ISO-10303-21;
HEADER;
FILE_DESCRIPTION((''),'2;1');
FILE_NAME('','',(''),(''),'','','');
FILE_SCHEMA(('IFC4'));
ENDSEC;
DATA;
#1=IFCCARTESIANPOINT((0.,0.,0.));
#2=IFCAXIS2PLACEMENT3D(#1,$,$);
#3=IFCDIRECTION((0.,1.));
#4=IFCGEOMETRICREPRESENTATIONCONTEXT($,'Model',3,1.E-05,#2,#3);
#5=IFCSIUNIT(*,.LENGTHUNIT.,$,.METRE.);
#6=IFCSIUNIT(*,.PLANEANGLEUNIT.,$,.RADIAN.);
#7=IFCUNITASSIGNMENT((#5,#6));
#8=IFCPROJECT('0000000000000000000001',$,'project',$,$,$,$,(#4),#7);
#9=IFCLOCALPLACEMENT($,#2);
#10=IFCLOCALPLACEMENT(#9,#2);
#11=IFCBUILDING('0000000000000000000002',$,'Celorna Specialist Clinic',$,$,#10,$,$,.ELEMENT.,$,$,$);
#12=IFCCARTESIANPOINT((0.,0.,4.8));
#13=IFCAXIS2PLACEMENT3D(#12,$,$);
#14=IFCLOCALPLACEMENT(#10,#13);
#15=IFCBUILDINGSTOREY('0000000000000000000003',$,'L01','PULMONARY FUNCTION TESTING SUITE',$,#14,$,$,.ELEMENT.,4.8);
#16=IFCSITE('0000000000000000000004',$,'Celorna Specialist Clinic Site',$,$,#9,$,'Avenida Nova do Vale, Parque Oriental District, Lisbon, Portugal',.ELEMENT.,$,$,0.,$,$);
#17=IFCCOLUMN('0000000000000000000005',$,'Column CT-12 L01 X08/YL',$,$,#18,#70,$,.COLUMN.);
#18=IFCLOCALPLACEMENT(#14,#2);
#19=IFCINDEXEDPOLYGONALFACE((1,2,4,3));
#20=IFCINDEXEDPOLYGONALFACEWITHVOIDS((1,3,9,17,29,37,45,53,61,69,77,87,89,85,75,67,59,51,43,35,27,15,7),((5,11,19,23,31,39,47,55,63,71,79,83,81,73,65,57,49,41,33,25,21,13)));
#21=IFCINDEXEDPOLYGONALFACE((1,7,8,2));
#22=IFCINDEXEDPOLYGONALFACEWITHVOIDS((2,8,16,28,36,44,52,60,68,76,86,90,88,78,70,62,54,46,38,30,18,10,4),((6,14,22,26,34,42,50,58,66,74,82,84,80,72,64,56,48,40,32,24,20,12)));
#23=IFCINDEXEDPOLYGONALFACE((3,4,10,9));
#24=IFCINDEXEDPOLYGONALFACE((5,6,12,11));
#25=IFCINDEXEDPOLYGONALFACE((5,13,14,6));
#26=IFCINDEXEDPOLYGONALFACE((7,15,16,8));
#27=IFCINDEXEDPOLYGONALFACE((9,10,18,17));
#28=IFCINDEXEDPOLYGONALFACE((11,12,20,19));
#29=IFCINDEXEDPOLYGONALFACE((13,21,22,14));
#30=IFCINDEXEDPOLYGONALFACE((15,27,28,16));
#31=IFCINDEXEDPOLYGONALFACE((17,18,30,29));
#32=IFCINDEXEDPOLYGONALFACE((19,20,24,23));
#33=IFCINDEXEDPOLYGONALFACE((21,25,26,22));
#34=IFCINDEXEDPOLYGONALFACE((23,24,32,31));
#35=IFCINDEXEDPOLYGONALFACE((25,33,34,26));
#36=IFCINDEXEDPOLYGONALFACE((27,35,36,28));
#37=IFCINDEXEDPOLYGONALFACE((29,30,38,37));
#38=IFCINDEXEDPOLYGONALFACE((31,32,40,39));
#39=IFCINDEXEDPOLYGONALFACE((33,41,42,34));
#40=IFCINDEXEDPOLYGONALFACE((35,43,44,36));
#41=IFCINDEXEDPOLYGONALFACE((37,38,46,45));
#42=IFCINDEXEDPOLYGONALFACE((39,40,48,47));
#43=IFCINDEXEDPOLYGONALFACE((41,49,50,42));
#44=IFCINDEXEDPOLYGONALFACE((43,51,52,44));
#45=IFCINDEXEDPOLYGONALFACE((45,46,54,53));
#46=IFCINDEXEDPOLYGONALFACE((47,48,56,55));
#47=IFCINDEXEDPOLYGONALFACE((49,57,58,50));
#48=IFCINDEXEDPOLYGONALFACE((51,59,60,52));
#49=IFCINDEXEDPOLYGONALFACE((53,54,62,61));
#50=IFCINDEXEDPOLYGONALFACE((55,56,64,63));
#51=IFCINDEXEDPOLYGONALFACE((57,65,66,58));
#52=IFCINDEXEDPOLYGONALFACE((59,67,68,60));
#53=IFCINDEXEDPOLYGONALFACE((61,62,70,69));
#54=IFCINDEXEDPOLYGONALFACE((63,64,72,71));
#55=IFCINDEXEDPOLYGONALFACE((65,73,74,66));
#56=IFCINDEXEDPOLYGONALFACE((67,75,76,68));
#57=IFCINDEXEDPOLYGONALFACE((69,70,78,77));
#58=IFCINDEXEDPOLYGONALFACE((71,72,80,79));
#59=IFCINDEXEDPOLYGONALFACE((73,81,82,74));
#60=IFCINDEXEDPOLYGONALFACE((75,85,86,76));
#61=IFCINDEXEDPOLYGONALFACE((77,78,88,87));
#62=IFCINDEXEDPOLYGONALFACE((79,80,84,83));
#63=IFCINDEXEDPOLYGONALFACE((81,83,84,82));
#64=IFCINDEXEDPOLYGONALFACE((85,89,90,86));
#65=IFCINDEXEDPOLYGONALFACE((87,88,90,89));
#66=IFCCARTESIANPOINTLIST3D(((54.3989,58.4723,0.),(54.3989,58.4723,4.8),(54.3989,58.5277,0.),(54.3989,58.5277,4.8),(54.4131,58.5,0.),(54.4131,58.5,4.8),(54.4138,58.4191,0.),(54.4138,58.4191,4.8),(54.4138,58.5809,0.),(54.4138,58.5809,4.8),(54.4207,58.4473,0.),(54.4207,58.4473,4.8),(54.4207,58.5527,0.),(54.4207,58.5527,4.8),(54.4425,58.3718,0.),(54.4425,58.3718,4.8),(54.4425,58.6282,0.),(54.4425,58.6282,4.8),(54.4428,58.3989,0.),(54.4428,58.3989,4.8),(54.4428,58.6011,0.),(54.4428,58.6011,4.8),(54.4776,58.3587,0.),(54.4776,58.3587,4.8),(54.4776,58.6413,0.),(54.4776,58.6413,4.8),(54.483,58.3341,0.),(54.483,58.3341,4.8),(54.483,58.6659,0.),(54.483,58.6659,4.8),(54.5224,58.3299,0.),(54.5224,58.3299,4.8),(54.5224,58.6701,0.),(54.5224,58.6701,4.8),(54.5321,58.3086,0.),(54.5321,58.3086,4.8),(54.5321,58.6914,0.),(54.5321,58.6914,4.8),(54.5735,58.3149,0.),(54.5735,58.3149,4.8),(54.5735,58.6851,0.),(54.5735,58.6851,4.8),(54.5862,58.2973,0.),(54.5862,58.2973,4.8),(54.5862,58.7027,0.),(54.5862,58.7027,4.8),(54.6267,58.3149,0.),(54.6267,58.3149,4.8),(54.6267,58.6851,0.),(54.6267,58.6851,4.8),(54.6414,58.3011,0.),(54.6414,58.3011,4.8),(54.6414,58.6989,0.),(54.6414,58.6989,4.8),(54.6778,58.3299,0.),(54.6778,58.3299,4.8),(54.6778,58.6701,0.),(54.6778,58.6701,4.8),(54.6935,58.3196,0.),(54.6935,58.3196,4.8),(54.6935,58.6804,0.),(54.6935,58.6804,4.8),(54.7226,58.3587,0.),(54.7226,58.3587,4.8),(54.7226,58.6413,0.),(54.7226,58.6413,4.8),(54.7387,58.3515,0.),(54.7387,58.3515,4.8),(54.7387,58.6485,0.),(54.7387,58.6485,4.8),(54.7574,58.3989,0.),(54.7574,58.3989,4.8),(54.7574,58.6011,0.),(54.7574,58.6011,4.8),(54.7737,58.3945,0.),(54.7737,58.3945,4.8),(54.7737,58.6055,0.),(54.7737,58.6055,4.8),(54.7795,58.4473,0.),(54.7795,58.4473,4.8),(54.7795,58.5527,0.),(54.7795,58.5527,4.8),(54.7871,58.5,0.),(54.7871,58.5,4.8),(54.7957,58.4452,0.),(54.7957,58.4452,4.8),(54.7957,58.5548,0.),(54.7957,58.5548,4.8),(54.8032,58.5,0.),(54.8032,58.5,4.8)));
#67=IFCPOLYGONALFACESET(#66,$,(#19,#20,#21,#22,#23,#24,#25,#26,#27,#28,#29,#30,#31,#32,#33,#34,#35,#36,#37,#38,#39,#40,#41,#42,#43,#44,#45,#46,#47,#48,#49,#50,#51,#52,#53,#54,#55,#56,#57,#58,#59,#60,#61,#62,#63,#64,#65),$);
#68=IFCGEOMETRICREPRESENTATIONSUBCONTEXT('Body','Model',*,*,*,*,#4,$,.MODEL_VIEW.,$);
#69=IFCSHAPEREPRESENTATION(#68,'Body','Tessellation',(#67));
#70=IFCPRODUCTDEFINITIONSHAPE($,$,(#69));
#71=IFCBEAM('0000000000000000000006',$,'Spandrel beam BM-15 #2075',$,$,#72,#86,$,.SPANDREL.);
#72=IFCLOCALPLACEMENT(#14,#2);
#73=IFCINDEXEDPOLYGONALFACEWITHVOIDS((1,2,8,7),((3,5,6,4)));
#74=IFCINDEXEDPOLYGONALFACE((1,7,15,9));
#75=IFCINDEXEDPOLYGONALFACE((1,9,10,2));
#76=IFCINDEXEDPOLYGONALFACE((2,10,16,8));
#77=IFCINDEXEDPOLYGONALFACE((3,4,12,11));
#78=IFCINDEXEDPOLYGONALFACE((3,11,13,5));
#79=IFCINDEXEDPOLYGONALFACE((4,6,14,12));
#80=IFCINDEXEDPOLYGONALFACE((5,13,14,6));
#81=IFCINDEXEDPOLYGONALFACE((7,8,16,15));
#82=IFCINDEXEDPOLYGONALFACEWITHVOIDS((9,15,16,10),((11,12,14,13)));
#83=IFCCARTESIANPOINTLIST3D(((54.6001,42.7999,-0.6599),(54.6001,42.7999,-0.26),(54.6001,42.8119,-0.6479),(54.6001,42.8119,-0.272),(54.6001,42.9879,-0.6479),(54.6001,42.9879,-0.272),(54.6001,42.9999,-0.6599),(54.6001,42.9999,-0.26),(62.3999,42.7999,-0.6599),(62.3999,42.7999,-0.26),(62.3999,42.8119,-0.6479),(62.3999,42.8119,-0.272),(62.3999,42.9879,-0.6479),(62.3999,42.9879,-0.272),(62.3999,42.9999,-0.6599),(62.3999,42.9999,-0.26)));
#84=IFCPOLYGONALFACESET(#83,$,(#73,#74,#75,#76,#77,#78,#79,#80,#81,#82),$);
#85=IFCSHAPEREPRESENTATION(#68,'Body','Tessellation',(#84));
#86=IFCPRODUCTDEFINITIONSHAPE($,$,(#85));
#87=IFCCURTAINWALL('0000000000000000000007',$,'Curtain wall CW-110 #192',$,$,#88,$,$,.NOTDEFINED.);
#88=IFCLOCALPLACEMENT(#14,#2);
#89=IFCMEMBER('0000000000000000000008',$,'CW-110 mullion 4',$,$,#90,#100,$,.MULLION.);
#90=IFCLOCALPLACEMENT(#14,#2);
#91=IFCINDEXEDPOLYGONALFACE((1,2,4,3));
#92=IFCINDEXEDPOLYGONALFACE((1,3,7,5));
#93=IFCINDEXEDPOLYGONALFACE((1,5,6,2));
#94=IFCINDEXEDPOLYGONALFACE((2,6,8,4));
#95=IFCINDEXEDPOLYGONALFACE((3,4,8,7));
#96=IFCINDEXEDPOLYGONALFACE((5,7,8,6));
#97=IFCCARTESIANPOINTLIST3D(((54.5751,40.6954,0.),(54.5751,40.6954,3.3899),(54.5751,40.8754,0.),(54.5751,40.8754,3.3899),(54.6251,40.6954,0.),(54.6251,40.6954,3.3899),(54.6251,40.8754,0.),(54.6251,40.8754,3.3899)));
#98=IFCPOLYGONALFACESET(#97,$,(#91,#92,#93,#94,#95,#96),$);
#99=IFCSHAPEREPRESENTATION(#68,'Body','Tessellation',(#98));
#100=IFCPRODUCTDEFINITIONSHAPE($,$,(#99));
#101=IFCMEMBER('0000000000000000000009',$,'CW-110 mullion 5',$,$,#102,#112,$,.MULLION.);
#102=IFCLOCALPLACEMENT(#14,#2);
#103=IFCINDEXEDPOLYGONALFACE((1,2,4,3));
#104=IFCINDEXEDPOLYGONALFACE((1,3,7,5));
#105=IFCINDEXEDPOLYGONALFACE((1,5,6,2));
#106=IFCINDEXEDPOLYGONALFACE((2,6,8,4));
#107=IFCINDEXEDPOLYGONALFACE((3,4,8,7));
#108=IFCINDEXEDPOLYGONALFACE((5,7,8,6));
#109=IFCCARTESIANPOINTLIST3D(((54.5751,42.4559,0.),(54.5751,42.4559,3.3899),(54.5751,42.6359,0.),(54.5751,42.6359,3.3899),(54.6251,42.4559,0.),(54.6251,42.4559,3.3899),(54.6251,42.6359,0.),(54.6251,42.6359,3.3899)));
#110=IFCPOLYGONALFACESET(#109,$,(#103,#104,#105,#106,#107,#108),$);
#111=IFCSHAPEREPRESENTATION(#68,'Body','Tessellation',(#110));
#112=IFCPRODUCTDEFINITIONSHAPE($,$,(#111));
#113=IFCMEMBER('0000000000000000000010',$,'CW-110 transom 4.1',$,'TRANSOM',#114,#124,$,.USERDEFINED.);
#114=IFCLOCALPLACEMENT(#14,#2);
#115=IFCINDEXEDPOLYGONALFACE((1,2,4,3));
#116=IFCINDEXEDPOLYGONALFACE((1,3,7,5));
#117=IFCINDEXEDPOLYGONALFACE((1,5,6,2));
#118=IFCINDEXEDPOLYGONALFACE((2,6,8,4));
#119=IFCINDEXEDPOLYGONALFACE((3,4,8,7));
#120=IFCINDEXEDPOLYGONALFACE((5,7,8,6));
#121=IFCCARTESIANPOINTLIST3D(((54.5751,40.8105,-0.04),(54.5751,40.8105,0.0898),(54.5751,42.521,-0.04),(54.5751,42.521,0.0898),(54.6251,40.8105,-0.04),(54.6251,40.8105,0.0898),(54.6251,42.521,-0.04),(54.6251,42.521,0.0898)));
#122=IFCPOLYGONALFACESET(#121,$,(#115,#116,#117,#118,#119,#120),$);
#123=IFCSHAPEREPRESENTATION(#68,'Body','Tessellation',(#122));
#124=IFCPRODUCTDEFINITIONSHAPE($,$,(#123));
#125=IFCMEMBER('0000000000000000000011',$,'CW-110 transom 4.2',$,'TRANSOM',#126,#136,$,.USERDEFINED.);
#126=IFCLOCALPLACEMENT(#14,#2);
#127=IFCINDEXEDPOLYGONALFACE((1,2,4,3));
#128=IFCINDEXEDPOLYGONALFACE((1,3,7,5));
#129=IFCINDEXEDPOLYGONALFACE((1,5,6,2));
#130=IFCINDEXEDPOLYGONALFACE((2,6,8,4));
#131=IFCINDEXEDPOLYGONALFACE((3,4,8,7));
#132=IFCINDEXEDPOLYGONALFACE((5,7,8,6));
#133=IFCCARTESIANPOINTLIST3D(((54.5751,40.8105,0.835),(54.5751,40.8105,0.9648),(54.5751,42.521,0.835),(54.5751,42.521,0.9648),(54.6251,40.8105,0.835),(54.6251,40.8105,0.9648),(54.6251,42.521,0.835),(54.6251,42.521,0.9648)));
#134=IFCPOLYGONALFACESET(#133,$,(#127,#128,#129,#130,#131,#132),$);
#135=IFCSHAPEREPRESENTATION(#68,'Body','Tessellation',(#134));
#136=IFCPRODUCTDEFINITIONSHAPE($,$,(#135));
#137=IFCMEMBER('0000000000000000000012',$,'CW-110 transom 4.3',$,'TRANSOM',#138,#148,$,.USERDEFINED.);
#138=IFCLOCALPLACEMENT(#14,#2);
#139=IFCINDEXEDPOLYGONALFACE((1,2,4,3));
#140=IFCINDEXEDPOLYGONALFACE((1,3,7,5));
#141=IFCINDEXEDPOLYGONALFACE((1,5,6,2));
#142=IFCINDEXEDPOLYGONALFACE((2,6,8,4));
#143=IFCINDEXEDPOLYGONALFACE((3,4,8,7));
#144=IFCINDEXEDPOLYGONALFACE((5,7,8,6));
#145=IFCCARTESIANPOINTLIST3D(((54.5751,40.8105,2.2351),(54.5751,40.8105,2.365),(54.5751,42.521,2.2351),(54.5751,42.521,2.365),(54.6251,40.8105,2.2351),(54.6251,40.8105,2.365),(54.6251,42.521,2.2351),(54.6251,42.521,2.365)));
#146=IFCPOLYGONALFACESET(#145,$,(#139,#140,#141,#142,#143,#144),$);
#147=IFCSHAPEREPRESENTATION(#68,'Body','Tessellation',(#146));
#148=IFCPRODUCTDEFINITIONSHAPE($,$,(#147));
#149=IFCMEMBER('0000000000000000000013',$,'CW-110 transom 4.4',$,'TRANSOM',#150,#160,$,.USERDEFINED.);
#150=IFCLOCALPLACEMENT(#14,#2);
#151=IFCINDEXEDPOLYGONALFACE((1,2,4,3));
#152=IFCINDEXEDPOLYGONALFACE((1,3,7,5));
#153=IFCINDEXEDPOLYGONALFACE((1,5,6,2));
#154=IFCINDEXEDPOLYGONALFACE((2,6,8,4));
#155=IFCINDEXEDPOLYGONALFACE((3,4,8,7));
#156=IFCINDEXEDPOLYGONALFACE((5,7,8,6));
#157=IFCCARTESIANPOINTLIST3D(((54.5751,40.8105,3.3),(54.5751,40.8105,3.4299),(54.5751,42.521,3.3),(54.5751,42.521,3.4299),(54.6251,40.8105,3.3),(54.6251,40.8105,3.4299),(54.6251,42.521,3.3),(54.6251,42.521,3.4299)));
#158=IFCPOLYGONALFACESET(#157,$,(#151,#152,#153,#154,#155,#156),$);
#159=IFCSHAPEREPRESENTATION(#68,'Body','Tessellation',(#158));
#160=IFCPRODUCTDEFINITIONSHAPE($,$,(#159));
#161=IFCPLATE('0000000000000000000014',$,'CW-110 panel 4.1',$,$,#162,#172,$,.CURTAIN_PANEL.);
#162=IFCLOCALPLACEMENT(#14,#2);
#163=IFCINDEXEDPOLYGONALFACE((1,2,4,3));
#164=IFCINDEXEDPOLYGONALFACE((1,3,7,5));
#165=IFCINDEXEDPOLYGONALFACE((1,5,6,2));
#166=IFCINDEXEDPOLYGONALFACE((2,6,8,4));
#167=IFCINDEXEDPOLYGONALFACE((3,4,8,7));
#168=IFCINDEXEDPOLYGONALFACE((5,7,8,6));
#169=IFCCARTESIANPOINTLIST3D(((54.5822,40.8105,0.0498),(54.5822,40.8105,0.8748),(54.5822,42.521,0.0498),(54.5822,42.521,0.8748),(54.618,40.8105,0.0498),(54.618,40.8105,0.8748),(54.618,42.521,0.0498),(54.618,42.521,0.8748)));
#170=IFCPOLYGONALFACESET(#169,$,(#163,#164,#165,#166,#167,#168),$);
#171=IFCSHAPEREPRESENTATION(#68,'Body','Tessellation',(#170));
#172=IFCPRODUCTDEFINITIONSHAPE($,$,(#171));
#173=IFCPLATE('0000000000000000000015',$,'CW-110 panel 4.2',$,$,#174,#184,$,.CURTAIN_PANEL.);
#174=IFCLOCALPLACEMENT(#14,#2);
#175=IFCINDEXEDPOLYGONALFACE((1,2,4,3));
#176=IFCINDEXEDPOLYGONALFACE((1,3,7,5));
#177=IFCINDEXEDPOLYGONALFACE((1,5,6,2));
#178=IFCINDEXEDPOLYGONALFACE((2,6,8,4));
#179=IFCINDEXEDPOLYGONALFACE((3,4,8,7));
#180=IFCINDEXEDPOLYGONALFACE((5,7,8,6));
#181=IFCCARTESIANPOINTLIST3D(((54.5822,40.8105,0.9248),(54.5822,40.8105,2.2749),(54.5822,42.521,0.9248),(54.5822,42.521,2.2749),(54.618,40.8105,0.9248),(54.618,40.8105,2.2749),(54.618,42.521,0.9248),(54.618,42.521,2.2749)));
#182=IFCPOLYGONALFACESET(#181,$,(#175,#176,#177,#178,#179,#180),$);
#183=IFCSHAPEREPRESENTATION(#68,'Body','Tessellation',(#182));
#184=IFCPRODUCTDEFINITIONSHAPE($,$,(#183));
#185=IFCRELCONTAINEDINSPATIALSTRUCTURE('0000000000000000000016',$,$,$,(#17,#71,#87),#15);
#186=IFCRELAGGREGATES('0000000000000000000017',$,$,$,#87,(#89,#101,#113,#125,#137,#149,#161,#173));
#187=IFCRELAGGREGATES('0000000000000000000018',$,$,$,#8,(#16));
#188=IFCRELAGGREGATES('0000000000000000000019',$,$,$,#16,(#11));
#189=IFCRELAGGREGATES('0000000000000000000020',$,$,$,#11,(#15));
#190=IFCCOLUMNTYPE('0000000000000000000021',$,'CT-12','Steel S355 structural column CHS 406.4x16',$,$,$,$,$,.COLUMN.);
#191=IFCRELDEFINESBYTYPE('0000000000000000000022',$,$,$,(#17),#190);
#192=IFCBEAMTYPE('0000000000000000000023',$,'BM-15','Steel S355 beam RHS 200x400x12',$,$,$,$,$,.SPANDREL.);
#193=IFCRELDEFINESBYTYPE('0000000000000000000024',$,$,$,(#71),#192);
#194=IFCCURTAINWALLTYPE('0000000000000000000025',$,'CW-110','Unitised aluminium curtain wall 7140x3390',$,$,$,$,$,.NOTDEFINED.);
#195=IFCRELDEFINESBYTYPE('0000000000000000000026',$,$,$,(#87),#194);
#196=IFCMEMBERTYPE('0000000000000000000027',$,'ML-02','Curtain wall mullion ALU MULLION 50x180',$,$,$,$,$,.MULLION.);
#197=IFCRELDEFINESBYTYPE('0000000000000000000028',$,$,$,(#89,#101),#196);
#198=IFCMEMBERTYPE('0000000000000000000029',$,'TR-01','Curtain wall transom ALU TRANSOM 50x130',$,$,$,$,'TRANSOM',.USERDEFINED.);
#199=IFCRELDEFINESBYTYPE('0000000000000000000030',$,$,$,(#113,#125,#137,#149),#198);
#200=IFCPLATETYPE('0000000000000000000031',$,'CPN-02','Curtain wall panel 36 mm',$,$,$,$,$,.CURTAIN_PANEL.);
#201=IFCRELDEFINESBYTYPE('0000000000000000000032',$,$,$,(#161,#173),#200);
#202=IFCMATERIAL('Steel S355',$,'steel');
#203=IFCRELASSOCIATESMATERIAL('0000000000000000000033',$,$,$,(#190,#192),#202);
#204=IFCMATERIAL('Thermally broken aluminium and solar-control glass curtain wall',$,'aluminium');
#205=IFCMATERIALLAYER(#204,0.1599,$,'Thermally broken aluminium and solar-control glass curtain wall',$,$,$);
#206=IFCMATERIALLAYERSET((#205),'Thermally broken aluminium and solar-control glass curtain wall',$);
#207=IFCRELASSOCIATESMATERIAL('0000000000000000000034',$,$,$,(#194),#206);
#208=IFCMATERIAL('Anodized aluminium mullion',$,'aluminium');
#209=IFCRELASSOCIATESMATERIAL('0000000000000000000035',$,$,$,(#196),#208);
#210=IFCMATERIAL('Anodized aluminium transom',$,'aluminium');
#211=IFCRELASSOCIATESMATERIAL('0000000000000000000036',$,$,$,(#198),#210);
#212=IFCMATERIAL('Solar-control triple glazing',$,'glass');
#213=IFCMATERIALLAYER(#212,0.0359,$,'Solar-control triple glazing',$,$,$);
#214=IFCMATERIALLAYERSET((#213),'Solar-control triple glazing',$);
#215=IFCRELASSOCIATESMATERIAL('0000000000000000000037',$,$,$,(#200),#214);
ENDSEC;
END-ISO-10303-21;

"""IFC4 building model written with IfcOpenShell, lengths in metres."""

from ifc_helpers import new_model, si_unit, direction, frame, origin, origin_2d, place, context, subcontext, project, spatial, rectangle, hollow_rectangle, hollow_circle, extrude, material, layer, layer_set, material_profile, profile_set, type_object, element, aggregate, save


model = new_model("IFC4")

# Units and contexts
model_context = context("Model", 3, precision=1e-05, world=origin(), true_north=direction((0.0, 1.0)))
body_context = subcontext(model_context, "Body", "Model", "MODEL_VIEW")
ifc_project = project(units=[si_unit("LENGTHUNIT", "METRE"), si_unit("PLANEANGLEUNIT", "RADIAN")], contexts=[model_context])

# Site, building, storey
site_placement = place(None, origin())
site = spatial("IfcSite", under=ifc_project, at=site_placement, Name="Celorna Specialist Clinic Site", LongName="Avenida Nova do Vale, Parque Oriental District, Lisbon, Portugal", CompositionType="ELEMENT", RefElevation=0.0)
building_placement = place(site_placement, origin())
building = spatial("IfcBuilding", under=site, at=building_placement, Name="Celorna Specialist Clinic", CompositionType="ELEMENT")
storey_placement = place(building_placement, frame((0.0, 0.0, 4.8)))
storey = spatial("IfcBuildingStorey", under=building, at=storey_placement, Name="L01", Description="PULMONARY FUNCTION TESTING SUITE", CompositionType="ELEMENT", Elevation=4.8)

# Column
ifc_material_1 = material(Name="Steel S355", Category="steel")
ifc_material_profile_1 = material_profile(ifc_material_1, hollow_circle(Radius=0.2031, WallThickness=0.0161, at=origin_2d()), Name="CHS 406.4x16")
ifc_profile_set_1 = profile_set([ifc_material_profile_1], Name="Steel S355")
column_type_1 = type_object("IfcColumnType", Name="CT-12", Description="Steel S355 structural column CHS 406.4x16", PredefinedType="COLUMN", material=ifc_profile_set_1)
for number, where, z_axis, x_axis, name in (
    (1, (54.6001, 58.5, 0.0), (0.0, 0.0, 1.0), (1.0, 0.0, 0.0), "Column CT-12 L01 X08/YL"),
):
    element("IfcColumn", number, at=place(storey_placement, frame(where, z_axis=z_axis, x_axis=x_axis)), inside=storey, type_object=column_type_1, Name=name, PredefinedType="COLUMN", context=body_context, shape_type="SweptSolid", body=[
        extrude(hollow_circle(Radius=0.2031, WallThickness=0.0161, at=origin_2d()), origin(), (0.0, 0.0, 1.0), 4.8),
    ])

# Beam
ifc_material_profile_2 = material_profile(ifc_material_1, hollow_rectangle(XDim=0.2, YDim=0.3999, WallThickness=0.012, at=origin_2d()), Name="RHS 200x400x12")
ifc_profile_set_2 = profile_set([ifc_material_profile_2], Name="Steel S355")
beam_type = type_object("IfcBeamType", Name="BM-15", Description="Steel S355 beam RHS 200x400x12", PredefinedType="SPANDREL", material=ifc_profile_set_2)
beam_placement = place(storey_placement, frame((54.6001, 42.8999, -0.46), z_axis=(1.0, 0.0, 0.0), x_axis=(0.0, 1.0, 0.0)))
element("IfcBeam", 2, at=beam_placement, inside=storey, type_object=beam_type, Name="Spandrel beam BM-15 #2075", PredefinedType="SPANDREL", context=body_context, shape_type="SweptSolid", body=[
    extrude(hollow_rectangle(XDim=0.2, YDim=0.3999, WallThickness=0.012, at=origin_2d()), origin(), (0.0, 0.0, 1.0), 7.7998),
])

# Curtain wall, members, plates
ifc_material_2 = material(Name="Thermally broken aluminium and solar-control glass curtain wall", Category="aluminium")
ifc_layer_1 = layer(ifc_material_2, 0.1599, Name="Thermally broken aluminium and solar-control glass curtain wall")
ifc_layer_set_1 = layer_set([ifc_layer_1], Name="Thermally broken aluminium and solar-control glass curtain wall")
curtain_wall_type = type_object("IfcCurtainWallType", Name="CW-110", Description="Unitised aluminium curtain wall 7140x3390", PredefinedType="NOTDEFINED", material=ifc_layer_set_1)
curtain_wall_placement = place(storey_placement, origin())
curtain_wall = element("IfcCurtainWall", 3, at=curtain_wall_placement, inside=storey, type_object=curtain_wall_type, Name="Curtain wall CW-110 #192", PredefinedType="NOTDEFINED")
ifc_material_3 = material(Name="Anodized aluminium mullion", Category="aluminium")
ifc_material_profile_3 = material_profile(ifc_material_3, rectangle(XDim=0.05, YDim=0.1799, at=origin_2d()), Name="ALU MULLION 50x180")
ifc_profile_set_3 = profile_set([ifc_material_profile_3], Name="Anodized aluminium mullion")
member_type_1 = type_object("IfcMemberType", Name="ML-02", Description="Curtain wall mullion ALU MULLION 50x180", PredefinedType="MULLION", material=ifc_profile_set_3)
member_1_placement = place(storey_placement, frame((54.6001, 40.7854, 0.0), z_axis=(0.0, 0.0, 1.0), x_axis=(-1.0, 0.0, 0.0)))
member_1 = element("IfcMember", 4, at=member_1_placement, type_object=member_type_1, Name="CW-110 mullion 4", PredefinedType="MULLION", context=body_context, shape_type="SweptSolid", body=[
    extrude(rectangle(XDim=0.05, YDim=0.1799, at=origin_2d()), origin(), (0.0, 0.0, 1.0), 3.3899),
])
member_2_placement = place(storey_placement, frame((54.6001, 42.5459, 0.0), z_axis=(0.0, 0.0, 1.0), x_axis=(-1.0, 0.0, 0.0)))
member_2 = element("IfcMember", 5, at=member_2_placement, type_object=member_type_1, Name="CW-110 mullion 5", PredefinedType="MULLION", context=body_context, shape_type="SweptSolid", body=[
    extrude(rectangle(XDim=0.05, YDim=0.1799, at=origin_2d()), origin(), (0.0, 0.0, 1.0), 3.3899),
])
ifc_material_4 = material(Name="Anodized aluminium transom", Category="aluminium")
ifc_material_profile_4 = material_profile(ifc_material_4, rectangle(XDim=0.05, YDim=0.1299, at=origin_2d()), Name="ALU TRANSOM 50x130")
ifc_profile_set_4 = profile_set([ifc_material_profile_4], Name="Anodized aluminium transom")
member_type_2 = type_object("IfcMemberType", Name="TR-01", Description="Curtain wall transom ALU TRANSOM 50x130", ElementType="TRANSOM", PredefinedType="USERDEFINED", material=ifc_profile_set_4)
member_3_placement = place(storey_placement, frame((54.6001, 40.8105, 0.0249), z_axis=(0.0, 1.0, 0.0), x_axis=(-1.0, 0.0, 0.0)))
member_3 = element("IfcMember", 6, at=member_3_placement, type_object=member_type_2, Name="CW-110 transom 4.1", ObjectType="TRANSOM", PredefinedType="USERDEFINED", context=body_context, shape_type="SweptSolid", body=[
    extrude(rectangle(XDim=0.05, YDim=0.1299, at=origin_2d()), origin(), (0.0, 0.0, 1.0), 1.7104),
])
member_4_placement = place(storey_placement, frame((54.6001, 40.8105, 0.8999), z_axis=(0.0, 1.0, 0.0), x_axis=(-1.0, 0.0, 0.0)))
member_4 = element("IfcMember", 7, at=member_4_placement, type_object=member_type_2, Name="CW-110 transom 4.2", ObjectType="TRANSOM", PredefinedType="USERDEFINED", context=body_context, shape_type="SweptSolid", body=[
    extrude(rectangle(XDim=0.05, YDim=0.1299, at=origin_2d()), origin(), (0.0, 0.0, 1.0), 1.7104),
])
member_5_placement = place(storey_placement, frame((54.6001, 40.8105, 2.3), z_axis=(0.0, 1.0, 0.0), x_axis=(-1.0, 0.0, 0.0)))
member_5 = element("IfcMember", 8, at=member_5_placement, type_object=member_type_2, Name="CW-110 transom 4.3", ObjectType="TRANSOM", PredefinedType="USERDEFINED", context=body_context, shape_type="SweptSolid", body=[
    extrude(rectangle(XDim=0.05, YDim=0.1299, at=origin_2d()), origin(), (0.0, 0.0, 1.0), 1.7104),
])
member_6_placement = place(storey_placement, frame((54.6001, 40.8105, 3.365), z_axis=(0.0, 1.0, 0.0), x_axis=(-1.0, 0.0, 0.0)))
member_6 = element("IfcMember", 9, at=member_6_placement, type_object=member_type_2, Name="CW-110 transom 4.4", ObjectType="TRANSOM", PredefinedType="USERDEFINED", context=body_context, shape_type="SweptSolid", body=[
    extrude(rectangle(XDim=0.05, YDim=0.1299, at=origin_2d()), origin(), (0.0, 0.0, 1.0), 1.7104),
])
ifc_material_5 = material(Name="Solar-control triple glazing", Category="glass")
ifc_layer_2 = layer(ifc_material_5, 0.0359, Name="Solar-control triple glazing")
ifc_layer_set_2 = layer_set([ifc_layer_2], Name="Solar-control triple glazing")
plate_type = type_object("IfcPlateType", Name="CPN-02", Description="Curtain wall panel 36 mm", PredefinedType="CURTAIN_PANEL", material=ifc_layer_set_2)
plate_1_placement = place(storey_placement, frame((54.6001, 41.6658, 0.0498), z_axis=(0.0, 0.0, 1.0), x_axis=(0.0, 1.0, 0.0)))
plate_1 = element("IfcPlate", 10, at=plate_1_placement, type_object=plate_type, Name="CW-110 panel 4.1", PredefinedType="CURTAIN_PANEL", context=body_context, shape_type="SweptSolid", body=[
    extrude(rectangle(XDim=1.7104, YDim=0.0359, at=origin_2d()), origin(), (0.0, 0.0, 1.0), 0.825),
])
plate_2_placement = place(storey_placement, frame((54.6001, 41.6658, 0.9248), z_axis=(0.0, 0.0, 1.0), x_axis=(0.0, 1.0, 0.0)))
plate_2 = element("IfcPlate", 11, at=plate_2_placement, type_object=plate_type, Name="CW-110 panel 4.2", PredefinedType="CURTAIN_PANEL", context=body_context, shape_type="SweptSolid", body=[
    extrude(rectangle(XDim=1.7104, YDim=0.0359, at=origin_2d()), origin(), (0.0, 0.0, 1.0), 1.3501),
])
aggregate(curtain_wall, [member_1, member_2, member_3, member_4, member_5, member_6, plate_1, plate_2])

save(model, "model.ifc")
